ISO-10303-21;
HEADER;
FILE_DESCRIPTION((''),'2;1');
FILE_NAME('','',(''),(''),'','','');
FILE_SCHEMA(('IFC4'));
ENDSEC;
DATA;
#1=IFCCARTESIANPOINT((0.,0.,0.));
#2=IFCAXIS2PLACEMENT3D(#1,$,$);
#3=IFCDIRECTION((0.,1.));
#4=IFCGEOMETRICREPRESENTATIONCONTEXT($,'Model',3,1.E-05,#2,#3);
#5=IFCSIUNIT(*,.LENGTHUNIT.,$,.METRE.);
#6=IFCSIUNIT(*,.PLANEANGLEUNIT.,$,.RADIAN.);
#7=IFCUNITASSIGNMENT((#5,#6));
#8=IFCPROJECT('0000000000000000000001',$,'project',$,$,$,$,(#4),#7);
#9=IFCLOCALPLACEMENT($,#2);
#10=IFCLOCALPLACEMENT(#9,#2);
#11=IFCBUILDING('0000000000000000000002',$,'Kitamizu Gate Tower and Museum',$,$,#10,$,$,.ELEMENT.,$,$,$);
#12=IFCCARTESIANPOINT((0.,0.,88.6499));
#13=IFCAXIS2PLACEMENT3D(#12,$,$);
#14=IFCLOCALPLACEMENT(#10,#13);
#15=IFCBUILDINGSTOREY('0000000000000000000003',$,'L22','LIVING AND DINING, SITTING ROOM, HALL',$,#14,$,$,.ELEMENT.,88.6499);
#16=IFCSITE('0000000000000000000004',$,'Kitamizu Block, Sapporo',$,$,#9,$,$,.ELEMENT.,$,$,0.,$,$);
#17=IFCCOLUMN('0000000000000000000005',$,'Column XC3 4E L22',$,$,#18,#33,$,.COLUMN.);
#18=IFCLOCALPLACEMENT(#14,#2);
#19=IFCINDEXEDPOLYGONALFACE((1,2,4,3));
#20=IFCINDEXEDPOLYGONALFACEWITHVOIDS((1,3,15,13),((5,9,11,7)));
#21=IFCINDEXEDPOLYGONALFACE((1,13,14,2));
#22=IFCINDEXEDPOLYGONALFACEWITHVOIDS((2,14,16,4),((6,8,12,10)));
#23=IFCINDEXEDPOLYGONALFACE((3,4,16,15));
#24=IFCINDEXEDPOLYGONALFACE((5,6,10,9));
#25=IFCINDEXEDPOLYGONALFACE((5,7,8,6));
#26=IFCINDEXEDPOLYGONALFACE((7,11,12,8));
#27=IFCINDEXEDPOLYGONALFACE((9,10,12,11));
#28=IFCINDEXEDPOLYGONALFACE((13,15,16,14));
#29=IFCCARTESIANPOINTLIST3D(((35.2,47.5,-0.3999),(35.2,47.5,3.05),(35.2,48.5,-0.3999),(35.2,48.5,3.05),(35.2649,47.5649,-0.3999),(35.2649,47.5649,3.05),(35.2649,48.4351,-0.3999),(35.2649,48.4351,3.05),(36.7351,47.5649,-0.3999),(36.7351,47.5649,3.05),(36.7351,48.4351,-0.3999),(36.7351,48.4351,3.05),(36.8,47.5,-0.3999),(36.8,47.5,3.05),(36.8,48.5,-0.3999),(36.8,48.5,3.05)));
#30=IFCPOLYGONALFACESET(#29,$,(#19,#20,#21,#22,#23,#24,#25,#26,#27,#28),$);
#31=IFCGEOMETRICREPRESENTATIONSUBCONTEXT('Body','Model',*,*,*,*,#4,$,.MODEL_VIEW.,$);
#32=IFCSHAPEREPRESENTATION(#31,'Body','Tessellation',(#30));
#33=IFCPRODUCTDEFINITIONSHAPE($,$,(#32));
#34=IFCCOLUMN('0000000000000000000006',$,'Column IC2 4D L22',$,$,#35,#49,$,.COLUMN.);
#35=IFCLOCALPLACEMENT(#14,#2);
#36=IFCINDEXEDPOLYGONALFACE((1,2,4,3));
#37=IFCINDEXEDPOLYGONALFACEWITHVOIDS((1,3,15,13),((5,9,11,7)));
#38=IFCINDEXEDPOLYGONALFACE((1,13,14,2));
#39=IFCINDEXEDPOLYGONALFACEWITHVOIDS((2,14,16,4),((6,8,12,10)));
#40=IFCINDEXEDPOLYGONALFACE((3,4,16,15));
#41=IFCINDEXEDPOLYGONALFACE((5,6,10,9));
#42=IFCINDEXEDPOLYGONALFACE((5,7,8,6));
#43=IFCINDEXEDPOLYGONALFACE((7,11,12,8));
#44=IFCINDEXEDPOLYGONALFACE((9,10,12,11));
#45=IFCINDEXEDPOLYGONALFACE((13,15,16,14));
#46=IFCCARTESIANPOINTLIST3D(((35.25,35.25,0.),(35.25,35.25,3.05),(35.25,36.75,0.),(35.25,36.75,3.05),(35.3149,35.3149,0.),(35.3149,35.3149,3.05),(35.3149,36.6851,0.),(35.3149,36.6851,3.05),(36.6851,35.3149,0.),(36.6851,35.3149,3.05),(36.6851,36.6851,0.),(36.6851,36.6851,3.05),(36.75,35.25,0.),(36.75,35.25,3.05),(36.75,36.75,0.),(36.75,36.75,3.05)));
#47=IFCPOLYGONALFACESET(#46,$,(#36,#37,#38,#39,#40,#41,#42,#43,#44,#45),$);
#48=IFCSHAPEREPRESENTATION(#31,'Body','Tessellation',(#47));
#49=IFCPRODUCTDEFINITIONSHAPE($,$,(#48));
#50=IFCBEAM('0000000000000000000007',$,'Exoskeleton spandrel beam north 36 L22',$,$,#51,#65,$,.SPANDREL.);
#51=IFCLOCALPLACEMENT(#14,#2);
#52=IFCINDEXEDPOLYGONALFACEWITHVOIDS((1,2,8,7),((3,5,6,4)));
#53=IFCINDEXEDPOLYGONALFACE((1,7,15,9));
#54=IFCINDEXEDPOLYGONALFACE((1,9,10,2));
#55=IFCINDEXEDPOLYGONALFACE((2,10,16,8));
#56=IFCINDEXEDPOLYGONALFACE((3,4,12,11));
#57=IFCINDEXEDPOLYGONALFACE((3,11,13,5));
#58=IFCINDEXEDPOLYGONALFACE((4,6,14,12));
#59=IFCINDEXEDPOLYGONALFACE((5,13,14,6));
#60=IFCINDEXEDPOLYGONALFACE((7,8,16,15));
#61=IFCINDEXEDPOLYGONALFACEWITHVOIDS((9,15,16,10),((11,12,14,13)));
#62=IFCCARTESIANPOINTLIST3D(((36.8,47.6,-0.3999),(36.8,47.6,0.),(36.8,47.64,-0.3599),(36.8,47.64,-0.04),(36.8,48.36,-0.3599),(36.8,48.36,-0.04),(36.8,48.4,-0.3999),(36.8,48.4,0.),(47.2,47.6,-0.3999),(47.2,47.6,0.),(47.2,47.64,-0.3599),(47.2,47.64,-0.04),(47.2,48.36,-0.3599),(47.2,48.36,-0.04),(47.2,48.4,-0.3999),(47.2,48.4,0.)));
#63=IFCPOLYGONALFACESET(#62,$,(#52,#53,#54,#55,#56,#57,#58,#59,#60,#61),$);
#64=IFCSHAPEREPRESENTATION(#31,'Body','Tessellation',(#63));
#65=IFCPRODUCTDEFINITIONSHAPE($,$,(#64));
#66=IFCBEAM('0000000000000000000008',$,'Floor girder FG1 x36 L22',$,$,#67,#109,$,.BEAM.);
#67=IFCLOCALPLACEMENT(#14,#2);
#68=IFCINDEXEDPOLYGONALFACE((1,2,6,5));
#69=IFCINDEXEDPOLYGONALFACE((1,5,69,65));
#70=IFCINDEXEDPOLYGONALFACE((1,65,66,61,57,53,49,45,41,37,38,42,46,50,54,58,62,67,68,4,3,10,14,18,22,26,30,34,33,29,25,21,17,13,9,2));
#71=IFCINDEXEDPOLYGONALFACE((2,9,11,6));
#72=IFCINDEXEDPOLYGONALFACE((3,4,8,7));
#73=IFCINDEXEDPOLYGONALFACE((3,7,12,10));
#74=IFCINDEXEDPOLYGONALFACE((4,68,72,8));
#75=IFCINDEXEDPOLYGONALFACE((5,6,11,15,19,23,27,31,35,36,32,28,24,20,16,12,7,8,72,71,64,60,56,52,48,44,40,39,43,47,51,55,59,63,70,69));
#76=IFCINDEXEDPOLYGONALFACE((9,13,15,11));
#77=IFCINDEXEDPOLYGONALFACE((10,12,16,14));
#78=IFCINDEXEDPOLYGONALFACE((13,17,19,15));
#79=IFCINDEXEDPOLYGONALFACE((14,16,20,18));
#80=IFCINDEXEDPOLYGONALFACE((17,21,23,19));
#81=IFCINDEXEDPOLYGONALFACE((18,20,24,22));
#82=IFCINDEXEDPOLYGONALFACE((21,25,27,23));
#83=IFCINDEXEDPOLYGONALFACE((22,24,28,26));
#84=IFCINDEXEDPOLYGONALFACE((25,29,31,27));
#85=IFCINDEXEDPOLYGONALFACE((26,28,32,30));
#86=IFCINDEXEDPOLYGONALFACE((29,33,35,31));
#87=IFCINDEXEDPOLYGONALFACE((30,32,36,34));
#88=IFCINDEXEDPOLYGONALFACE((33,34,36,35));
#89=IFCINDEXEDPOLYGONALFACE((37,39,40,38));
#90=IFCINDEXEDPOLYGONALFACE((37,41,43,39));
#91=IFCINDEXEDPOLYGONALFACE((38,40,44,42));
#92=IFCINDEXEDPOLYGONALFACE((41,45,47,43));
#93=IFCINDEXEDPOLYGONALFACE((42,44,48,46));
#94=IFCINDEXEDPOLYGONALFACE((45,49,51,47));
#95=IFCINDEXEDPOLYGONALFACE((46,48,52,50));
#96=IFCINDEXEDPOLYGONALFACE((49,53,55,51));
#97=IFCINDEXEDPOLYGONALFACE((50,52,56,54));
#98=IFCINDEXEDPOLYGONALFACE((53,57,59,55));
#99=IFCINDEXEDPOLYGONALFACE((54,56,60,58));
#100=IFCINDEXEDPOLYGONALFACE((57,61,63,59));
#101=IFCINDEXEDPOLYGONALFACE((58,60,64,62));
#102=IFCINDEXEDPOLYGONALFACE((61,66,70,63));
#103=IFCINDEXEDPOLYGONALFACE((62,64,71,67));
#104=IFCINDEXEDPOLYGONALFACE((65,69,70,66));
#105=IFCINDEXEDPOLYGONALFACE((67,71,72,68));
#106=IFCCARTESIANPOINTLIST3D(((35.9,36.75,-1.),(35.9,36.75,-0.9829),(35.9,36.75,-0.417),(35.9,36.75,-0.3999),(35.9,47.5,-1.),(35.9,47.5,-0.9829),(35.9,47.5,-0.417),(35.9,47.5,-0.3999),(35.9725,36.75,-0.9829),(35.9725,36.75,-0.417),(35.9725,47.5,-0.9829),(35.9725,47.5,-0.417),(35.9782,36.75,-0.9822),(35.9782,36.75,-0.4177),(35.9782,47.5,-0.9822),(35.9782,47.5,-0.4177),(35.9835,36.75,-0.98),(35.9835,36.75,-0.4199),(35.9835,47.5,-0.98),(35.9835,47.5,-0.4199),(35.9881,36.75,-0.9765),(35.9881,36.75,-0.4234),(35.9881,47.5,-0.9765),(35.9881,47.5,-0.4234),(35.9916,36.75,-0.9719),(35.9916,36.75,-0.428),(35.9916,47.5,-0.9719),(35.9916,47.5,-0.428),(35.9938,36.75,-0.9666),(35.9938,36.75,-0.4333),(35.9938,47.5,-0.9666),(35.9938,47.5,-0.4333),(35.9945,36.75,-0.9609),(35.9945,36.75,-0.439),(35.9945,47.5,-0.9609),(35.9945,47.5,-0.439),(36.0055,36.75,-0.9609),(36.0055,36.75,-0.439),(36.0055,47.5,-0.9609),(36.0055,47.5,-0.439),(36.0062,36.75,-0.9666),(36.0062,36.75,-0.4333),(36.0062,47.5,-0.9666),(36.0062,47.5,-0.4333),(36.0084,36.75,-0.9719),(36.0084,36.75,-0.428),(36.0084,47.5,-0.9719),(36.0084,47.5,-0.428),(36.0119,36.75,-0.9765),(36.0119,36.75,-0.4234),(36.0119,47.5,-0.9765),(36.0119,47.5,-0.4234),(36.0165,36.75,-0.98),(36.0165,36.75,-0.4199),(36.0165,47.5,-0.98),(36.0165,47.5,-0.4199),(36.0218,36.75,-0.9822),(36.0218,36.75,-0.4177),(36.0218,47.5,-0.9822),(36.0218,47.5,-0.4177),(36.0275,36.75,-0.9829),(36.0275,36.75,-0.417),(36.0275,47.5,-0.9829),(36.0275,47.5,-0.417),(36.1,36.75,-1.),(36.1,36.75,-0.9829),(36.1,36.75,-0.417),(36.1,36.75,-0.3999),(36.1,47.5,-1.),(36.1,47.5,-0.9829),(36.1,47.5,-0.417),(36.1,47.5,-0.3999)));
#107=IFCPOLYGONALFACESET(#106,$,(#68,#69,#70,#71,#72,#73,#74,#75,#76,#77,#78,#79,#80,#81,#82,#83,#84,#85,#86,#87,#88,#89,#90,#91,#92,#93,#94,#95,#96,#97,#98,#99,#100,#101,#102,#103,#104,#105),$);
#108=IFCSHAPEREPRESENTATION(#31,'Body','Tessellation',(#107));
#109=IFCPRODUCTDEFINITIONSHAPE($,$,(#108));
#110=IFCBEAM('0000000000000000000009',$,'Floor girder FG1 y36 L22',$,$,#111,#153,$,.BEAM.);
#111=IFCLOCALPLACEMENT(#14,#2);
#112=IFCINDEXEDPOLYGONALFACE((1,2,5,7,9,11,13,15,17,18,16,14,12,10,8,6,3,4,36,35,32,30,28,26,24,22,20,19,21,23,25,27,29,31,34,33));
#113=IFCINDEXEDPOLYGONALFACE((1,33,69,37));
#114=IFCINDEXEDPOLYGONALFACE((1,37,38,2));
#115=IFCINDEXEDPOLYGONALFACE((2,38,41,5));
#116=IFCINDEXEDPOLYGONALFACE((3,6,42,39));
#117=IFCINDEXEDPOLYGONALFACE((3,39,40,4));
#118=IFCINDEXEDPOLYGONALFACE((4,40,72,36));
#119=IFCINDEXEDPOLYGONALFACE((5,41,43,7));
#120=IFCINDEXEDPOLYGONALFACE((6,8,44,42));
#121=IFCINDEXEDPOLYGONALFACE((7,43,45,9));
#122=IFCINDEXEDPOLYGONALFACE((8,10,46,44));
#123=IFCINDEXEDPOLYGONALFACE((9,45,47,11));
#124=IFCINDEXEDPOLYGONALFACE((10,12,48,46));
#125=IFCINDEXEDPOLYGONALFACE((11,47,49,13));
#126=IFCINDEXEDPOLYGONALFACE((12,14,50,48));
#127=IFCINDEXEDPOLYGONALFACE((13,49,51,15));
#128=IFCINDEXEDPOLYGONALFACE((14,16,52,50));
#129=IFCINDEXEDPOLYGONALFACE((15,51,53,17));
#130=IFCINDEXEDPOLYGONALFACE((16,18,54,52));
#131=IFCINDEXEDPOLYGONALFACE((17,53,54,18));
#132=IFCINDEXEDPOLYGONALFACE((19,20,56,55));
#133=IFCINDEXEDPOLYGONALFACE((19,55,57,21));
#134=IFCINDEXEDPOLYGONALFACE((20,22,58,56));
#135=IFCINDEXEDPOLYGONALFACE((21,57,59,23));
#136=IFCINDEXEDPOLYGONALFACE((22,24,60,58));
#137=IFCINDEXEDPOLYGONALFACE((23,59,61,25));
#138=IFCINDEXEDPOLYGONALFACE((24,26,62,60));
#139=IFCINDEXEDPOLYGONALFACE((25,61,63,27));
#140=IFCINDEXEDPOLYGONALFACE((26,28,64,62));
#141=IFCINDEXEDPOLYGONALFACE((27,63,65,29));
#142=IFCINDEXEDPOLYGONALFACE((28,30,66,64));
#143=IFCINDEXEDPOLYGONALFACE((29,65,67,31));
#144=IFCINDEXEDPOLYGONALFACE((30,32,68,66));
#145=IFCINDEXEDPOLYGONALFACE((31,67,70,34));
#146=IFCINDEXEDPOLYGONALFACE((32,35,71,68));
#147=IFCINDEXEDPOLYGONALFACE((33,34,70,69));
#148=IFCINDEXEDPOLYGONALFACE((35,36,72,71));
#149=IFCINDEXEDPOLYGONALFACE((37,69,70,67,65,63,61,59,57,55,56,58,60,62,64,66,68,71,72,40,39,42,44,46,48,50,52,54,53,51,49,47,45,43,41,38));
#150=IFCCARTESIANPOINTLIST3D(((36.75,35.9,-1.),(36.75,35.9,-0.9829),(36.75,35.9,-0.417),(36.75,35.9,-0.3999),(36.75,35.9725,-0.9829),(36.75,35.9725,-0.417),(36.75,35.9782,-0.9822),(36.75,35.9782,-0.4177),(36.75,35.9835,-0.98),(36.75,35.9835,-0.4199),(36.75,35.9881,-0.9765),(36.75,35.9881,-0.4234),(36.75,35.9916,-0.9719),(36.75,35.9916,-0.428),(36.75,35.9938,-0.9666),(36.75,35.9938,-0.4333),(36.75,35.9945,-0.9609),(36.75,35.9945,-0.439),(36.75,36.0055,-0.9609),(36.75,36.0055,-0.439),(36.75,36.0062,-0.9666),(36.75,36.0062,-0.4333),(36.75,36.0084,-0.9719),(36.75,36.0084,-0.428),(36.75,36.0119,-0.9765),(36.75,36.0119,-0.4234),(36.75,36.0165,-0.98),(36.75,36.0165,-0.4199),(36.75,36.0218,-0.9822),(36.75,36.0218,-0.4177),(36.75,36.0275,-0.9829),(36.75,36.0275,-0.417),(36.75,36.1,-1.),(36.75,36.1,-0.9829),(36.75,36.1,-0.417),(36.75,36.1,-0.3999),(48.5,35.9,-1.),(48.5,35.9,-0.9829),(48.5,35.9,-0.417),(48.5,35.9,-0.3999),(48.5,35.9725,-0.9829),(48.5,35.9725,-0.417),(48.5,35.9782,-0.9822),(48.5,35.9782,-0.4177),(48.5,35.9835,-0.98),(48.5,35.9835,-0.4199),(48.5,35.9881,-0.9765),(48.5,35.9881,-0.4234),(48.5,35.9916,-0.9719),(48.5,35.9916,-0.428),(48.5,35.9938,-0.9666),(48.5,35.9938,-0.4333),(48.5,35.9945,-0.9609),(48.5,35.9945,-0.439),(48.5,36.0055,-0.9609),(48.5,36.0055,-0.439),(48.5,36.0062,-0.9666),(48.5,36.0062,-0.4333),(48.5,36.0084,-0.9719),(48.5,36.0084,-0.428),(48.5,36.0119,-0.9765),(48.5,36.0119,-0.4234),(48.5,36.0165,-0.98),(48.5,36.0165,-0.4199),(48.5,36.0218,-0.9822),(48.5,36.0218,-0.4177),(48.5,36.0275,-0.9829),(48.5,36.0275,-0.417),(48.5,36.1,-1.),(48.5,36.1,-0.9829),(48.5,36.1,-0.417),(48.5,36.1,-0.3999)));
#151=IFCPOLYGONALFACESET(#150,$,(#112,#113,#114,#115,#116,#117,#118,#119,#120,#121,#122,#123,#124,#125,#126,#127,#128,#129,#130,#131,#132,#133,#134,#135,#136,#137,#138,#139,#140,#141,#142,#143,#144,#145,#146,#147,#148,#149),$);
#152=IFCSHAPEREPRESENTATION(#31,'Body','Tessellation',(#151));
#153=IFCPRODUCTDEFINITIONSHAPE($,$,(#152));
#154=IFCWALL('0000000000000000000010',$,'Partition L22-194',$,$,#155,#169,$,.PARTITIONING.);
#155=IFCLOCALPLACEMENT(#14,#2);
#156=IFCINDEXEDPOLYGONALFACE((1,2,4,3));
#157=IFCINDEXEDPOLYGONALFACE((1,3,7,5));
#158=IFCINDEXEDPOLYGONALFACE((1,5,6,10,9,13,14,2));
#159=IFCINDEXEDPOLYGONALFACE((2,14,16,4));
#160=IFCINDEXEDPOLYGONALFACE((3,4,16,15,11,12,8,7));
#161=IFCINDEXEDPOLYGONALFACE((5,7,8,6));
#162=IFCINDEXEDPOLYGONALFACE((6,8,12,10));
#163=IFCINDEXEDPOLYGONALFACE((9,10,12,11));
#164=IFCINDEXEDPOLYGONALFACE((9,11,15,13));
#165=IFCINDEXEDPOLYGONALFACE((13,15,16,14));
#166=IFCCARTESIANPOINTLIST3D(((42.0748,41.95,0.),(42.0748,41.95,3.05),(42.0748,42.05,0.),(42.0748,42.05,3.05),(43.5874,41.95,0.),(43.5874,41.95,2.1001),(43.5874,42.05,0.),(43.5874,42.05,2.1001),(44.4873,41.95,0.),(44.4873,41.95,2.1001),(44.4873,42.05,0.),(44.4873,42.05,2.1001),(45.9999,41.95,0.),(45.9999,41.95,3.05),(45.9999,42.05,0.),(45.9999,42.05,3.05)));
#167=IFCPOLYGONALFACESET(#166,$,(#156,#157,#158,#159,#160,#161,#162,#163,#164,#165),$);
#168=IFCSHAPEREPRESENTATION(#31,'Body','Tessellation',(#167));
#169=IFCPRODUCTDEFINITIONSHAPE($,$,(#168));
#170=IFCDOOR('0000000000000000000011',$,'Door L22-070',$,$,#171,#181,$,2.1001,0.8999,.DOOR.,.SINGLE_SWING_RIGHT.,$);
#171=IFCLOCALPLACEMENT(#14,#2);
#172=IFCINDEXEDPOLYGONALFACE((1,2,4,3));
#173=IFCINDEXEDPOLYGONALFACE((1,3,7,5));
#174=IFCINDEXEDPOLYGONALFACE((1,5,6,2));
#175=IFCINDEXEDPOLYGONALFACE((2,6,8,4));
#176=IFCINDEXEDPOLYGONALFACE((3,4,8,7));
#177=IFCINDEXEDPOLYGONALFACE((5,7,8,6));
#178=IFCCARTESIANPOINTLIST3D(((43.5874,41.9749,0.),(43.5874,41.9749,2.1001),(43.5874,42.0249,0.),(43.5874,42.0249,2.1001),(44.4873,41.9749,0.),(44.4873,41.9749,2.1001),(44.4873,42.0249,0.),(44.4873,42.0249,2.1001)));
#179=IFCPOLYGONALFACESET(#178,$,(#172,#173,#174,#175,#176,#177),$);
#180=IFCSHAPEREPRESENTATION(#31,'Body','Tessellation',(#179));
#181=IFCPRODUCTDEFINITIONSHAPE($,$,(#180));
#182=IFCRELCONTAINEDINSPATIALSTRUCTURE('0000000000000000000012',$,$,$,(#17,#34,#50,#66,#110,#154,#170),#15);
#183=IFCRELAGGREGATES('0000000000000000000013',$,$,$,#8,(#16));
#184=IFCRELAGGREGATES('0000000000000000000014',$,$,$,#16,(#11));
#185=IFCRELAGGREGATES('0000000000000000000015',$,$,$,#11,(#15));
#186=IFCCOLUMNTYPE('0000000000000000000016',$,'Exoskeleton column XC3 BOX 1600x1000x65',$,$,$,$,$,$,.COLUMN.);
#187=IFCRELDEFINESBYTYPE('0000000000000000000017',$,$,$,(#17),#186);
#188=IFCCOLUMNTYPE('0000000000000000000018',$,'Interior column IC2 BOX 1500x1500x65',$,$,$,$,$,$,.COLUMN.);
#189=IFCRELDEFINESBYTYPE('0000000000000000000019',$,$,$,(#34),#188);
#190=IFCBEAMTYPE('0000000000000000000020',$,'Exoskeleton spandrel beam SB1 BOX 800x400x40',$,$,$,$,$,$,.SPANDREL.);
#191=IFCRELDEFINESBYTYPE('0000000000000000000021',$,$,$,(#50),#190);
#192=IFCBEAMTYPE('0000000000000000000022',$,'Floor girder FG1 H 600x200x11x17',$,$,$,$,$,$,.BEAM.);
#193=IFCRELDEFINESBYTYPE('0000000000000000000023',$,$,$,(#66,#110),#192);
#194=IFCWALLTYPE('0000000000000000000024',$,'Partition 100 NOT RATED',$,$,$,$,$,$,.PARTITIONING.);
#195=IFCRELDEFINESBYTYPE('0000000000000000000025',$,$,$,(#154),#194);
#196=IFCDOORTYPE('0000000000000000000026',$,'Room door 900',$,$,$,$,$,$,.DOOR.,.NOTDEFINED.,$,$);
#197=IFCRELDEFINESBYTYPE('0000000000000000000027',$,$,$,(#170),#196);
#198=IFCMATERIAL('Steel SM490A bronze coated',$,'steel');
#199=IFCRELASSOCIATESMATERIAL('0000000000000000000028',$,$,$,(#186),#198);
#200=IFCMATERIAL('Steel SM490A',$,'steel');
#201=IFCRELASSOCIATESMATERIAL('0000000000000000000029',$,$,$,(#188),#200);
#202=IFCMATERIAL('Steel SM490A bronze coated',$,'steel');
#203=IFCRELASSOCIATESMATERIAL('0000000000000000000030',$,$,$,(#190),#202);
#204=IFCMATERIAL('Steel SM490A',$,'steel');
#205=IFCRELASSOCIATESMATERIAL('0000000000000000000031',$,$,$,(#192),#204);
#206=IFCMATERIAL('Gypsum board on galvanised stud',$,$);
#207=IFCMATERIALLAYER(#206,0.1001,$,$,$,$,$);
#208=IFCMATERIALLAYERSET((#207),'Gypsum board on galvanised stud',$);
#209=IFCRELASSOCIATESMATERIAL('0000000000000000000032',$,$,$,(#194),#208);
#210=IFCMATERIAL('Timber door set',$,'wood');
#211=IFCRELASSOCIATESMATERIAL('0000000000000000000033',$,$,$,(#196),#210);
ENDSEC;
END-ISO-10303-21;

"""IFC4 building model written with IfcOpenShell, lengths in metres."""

from ifc_helpers import new_model, si_unit, direction, frame, frame_2d, origin, origin_2d, place, context, subcontext, project, spatial, rectangle, hollow_rectangle, i_section, extrude, material, layer, layer_set, material_profile, profile_set, type_object, element, fill, save


model = new_model("IFC4")

# Units and contexts
model_context = context("Model", 3, precision=1e-05, world=origin(), true_north=direction((0.0, 1.0)))
body_context = subcontext(model_context, "Body", "Model", "MODEL_VIEW")
ifc_project = project(units=[si_unit("LENGTHUNIT", "METRE"), si_unit("PLANEANGLEUNIT", "RADIAN")], contexts=[model_context])

# Site, building, storey
site_placement = place(None, origin())
site = spatial("IfcSite", under=ifc_project, at=site_placement, Name="Kitamizu Block, Sapporo", CompositionType="ELEMENT", RefElevation=0.0)
building_placement = place(site_placement, origin())
building = spatial("IfcBuilding", under=site, at=building_placement, Name="Kitamizu Gate Tower and Museum", CompositionType="ELEMENT")
storey_placement = place(building_placement, frame((0.0, 0.0, 88.6499)))
storey = spatial("IfcBuildingStorey", under=building, at=storey_placement, Name="L22", Description="LIVING AND DINING, SITTING ROOM, HALL", CompositionType="ELEMENT", Elevation=88.6499)

# Columns
ifc_material_1 = material(Name="Steel SM490A bronze coated", Category="steel")
ifc_material_profile_1 = material_profile(ifc_material_1, hollow_rectangle(XDim=1.6001, YDim=1.0, WallThickness=0.0649, at=origin_2d()), Name="BOX 1600x1000x65")
ifc_profile_set_1 = profile_set([ifc_material_profile_1], Name="Steel SM490A bronze coated")
column_type_1 = type_object("IfcColumnType", Name="Exoskeleton column XC3 BOX 1600x1000x65", PredefinedType="COLUMN", material=ifc_profile_set_1)
column_1_placement = place(storey_placement, frame((36.0, 48.0, -0.3999), z_axis=(0.0, 0.0, 1.0), x_axis=(1.0, 0.0, 0.0)))
element("IfcColumn", 1, at=column_1_placement, inside=storey, type_object=column_type_1, Name="Column XC3 4E L22", PredefinedType="COLUMN", context=body_context, shape_type="SweptSolid", body=[
    extrude(hollow_rectangle(XDim=1.6001, YDim=1.0, WallThickness=0.0649, at=origin_2d()), origin(), (0.0, 0.0, 1.0), 3.45),
])
ifc_material_2 = material(Name="Steel SM490A", Category="steel")
ifc_material_profile_2 = material_profile(ifc_material_2, hollow_rectangle(XDim=1.5, YDim=1.5, WallThickness=0.0649, at=origin_2d()), Name="BOX 1500x1500x65")
ifc_profile_set_2 = profile_set([ifc_material_profile_2], Name="Steel SM490A")
column_type_2 = type_object("IfcColumnType", Name="Interior column IC2 BOX 1500x1500x65", PredefinedType="COLUMN", material=ifc_profile_set_2)
column_2_placement = place(storey_placement, frame((36.0, 36.0, 0.0), z_axis=(0.0, 0.0, 1.0), x_axis=(1.0, 0.0, 0.0)))
element("IfcColumn", 2, at=column_2_placement, inside=storey, type_object=column_type_2, Name="Column IC2 4D L22", PredefinedType="COLUMN", context=body_context, shape_type="SweptSolid", body=[
    extrude(hollow_rectangle(XDim=1.5, YDim=1.5, WallThickness=0.0649, at=origin_2d()), origin(), (0.0, 0.0, 1.0), 3.05),
])

# Beams
ifc_material_3 = material(Name="Steel SM490A bronze coated", Category="steel")
ifc_material_profile_3 = material_profile(ifc_material_3, hollow_rectangle(XDim=0.8, YDim=0.3999, WallThickness=0.04, at=origin_2d()), Name="BOX 800x400x40")
ifc_profile_set_3 = profile_set([ifc_material_profile_3], Name="Steel SM490A bronze coated")
beam_type_1 = type_object("IfcBeamType", Name="Exoskeleton spandrel beam SB1 BOX 800x400x40", PredefinedType="SPANDREL", material=ifc_profile_set_3)
beam_1_placement = place(storey_placement, frame((36.8, 48.0, -0.2), z_axis=(1.0, 0.0, 0.0), x_axis=(0.0, 1.0, 0.0)))
element("IfcBeam", 3, at=beam_1_placement, inside=storey, type_object=beam_type_1, Name="Exoskeleton spandrel beam north 36 L22", PredefinedType="SPANDREL", context=body_context, shape_type="SweptSolid", body=[
    extrude(hollow_rectangle(XDim=0.8, YDim=0.3999, WallThickness=0.04, at=origin_2d()), origin(), (0.0, 0.0, 1.0), 10.3999),
])
ifc_material_4 = material(Name="Steel SM490A", Category="steel")
ifc_material_profile_4 = material_profile(ifc_material_4, i_section(OverallWidth=0.2, OverallDepth=0.6001, WebThickness=0.011, FlangeThickness=0.0171, FilletRadius=0.022, at=origin_2d()), Name="H-600x200x11x17")
ifc_profile_set_4 = profile_set([ifc_material_profile_4], Name="Steel SM490A")
beam_type_2 = type_object("IfcBeamType", Name="Floor girder FG1 H 600x200x11x17", PredefinedType="BEAM", material=ifc_profile_set_4)
beam_2_placement = place(storey_placement, frame((36.0, 36.75, -0.7), z_axis=(0.0, 1.0, 0.0), x_axis=(-1.0, 0.0, 0.0)))
element("IfcBeam", 4, at=beam_2_placement, inside=storey, type_object=beam_type_2, Name="Floor girder FG1 x36 L22", PredefinedType="BEAM", context=body_context, shape_type="SweptSolid", body=[
    extrude(i_section(OverallWidth=0.2, OverallDepth=0.6001, WebThickness=0.011, FlangeThickness=0.0171, FilletRadius=0.022, at=origin_2d()), origin(), (0.0, 0.0, 1.0), 10.75),
])
beam_3_placement = place(storey_placement, frame((36.75, 36.0, -0.7), z_axis=(1.0, 0.0, 0.0), x_axis=(0.0, 1.0, 0.0)))
element("IfcBeam", 5, at=beam_3_placement, inside=storey, type_object=beam_type_2, Name="Floor girder FG1 y36 L22", PredefinedType="BEAM", context=body_context, shape_type="SweptSolid", body=[
    extrude(i_section(OverallWidth=0.2, OverallDepth=0.6001, WebThickness=0.011, FlangeThickness=0.0171, FilletRadius=0.022, at=origin_2d()), origin(), (0.0, 0.0, 1.0), 11.75),
])

# Wall, opening, door
ifc_material_5 = material(Name="Gypsum board on galvanised stud")
ifc_layer_1 = layer(ifc_material_5, 0.1001)
ifc_layer_set_1 = layer_set([ifc_layer_1], Name="Gypsum board on galvanised stud")
wall_type_1 = type_object("IfcWallType", Name="Partition 100 NOT RATED", PredefinedType="PARTITIONING", material=ifc_layer_set_1)
wall_1_placement = place(storey_placement, frame((42.075, 42.0, 0.0), z_axis=(0.0, 0.0, 1.0), x_axis=(1.0, 0.0, 0.0)))
wall_1 = element("IfcWall", 6, at=wall_1_placement, inside=storey, type_object=wall_type_1, Name="Partition L22-194", PredefinedType="PARTITIONING", context=body_context, shape_type="SweptSolid", body=[
    extrude(rectangle(XDim=3.925, YDim=0.1001, at=frame_2d((1.9624, 0.0))), origin(), (0.0, 0.0, 1.0), 3.05),
])
opening_1_placement = place(wall_1_placement, frame((1.5125, 0.0, 0.0)))
opening_1 = element("IfcOpeningElement", 7, at=opening_1_placement, cuts=wall_1, PredefinedType="OPENING", context=body_context, shape_type="SweptSolid", body=[
    extrude(rectangle(XDim=0.8999, YDim=2.1001, at=frame_2d((0.45, 1.05))), frame((0.0, 0.0601, 0.0), z_axis=(0.0, -1.0, 0.0), x_axis=(1.0, 0.0, 0.0)), (0.0, 0.0, 1.0), 0.1201),
])
ifc_material_6 = material(Name="Timber door set", Category="wood")
door_type_1 = type_object("IfcDoorType", Name="Room door 900", OperationType="NOTDEFINED", PredefinedType="DOOR", material=ifc_material_6)
door_1_placement = place(opening_1_placement, origin())
door_1 = element("IfcDoor", 8, at=door_1_placement, inside=storey, type_object=door_type_1, Name="Door L22-070", OperationType="SINGLE_SWING_RIGHT", OverallHeight=2.1001, OverallWidth=0.8999, PredefinedType="DOOR", context=body_context, shape_type="SweptSolid", body=[
    extrude(rectangle(XDim=0.8999, YDim=2.1001, at=frame_2d((0.45, 1.05))), frame((0.0, 0.0249, 0.0), z_axis=(0.0, -1.0, 0.0), x_axis=(1.0, 0.0, 0.0)), (0.0, 0.0, 1.0), 0.05),
])
fill(opening_1, door_1)

save(model, "model.ifc")
